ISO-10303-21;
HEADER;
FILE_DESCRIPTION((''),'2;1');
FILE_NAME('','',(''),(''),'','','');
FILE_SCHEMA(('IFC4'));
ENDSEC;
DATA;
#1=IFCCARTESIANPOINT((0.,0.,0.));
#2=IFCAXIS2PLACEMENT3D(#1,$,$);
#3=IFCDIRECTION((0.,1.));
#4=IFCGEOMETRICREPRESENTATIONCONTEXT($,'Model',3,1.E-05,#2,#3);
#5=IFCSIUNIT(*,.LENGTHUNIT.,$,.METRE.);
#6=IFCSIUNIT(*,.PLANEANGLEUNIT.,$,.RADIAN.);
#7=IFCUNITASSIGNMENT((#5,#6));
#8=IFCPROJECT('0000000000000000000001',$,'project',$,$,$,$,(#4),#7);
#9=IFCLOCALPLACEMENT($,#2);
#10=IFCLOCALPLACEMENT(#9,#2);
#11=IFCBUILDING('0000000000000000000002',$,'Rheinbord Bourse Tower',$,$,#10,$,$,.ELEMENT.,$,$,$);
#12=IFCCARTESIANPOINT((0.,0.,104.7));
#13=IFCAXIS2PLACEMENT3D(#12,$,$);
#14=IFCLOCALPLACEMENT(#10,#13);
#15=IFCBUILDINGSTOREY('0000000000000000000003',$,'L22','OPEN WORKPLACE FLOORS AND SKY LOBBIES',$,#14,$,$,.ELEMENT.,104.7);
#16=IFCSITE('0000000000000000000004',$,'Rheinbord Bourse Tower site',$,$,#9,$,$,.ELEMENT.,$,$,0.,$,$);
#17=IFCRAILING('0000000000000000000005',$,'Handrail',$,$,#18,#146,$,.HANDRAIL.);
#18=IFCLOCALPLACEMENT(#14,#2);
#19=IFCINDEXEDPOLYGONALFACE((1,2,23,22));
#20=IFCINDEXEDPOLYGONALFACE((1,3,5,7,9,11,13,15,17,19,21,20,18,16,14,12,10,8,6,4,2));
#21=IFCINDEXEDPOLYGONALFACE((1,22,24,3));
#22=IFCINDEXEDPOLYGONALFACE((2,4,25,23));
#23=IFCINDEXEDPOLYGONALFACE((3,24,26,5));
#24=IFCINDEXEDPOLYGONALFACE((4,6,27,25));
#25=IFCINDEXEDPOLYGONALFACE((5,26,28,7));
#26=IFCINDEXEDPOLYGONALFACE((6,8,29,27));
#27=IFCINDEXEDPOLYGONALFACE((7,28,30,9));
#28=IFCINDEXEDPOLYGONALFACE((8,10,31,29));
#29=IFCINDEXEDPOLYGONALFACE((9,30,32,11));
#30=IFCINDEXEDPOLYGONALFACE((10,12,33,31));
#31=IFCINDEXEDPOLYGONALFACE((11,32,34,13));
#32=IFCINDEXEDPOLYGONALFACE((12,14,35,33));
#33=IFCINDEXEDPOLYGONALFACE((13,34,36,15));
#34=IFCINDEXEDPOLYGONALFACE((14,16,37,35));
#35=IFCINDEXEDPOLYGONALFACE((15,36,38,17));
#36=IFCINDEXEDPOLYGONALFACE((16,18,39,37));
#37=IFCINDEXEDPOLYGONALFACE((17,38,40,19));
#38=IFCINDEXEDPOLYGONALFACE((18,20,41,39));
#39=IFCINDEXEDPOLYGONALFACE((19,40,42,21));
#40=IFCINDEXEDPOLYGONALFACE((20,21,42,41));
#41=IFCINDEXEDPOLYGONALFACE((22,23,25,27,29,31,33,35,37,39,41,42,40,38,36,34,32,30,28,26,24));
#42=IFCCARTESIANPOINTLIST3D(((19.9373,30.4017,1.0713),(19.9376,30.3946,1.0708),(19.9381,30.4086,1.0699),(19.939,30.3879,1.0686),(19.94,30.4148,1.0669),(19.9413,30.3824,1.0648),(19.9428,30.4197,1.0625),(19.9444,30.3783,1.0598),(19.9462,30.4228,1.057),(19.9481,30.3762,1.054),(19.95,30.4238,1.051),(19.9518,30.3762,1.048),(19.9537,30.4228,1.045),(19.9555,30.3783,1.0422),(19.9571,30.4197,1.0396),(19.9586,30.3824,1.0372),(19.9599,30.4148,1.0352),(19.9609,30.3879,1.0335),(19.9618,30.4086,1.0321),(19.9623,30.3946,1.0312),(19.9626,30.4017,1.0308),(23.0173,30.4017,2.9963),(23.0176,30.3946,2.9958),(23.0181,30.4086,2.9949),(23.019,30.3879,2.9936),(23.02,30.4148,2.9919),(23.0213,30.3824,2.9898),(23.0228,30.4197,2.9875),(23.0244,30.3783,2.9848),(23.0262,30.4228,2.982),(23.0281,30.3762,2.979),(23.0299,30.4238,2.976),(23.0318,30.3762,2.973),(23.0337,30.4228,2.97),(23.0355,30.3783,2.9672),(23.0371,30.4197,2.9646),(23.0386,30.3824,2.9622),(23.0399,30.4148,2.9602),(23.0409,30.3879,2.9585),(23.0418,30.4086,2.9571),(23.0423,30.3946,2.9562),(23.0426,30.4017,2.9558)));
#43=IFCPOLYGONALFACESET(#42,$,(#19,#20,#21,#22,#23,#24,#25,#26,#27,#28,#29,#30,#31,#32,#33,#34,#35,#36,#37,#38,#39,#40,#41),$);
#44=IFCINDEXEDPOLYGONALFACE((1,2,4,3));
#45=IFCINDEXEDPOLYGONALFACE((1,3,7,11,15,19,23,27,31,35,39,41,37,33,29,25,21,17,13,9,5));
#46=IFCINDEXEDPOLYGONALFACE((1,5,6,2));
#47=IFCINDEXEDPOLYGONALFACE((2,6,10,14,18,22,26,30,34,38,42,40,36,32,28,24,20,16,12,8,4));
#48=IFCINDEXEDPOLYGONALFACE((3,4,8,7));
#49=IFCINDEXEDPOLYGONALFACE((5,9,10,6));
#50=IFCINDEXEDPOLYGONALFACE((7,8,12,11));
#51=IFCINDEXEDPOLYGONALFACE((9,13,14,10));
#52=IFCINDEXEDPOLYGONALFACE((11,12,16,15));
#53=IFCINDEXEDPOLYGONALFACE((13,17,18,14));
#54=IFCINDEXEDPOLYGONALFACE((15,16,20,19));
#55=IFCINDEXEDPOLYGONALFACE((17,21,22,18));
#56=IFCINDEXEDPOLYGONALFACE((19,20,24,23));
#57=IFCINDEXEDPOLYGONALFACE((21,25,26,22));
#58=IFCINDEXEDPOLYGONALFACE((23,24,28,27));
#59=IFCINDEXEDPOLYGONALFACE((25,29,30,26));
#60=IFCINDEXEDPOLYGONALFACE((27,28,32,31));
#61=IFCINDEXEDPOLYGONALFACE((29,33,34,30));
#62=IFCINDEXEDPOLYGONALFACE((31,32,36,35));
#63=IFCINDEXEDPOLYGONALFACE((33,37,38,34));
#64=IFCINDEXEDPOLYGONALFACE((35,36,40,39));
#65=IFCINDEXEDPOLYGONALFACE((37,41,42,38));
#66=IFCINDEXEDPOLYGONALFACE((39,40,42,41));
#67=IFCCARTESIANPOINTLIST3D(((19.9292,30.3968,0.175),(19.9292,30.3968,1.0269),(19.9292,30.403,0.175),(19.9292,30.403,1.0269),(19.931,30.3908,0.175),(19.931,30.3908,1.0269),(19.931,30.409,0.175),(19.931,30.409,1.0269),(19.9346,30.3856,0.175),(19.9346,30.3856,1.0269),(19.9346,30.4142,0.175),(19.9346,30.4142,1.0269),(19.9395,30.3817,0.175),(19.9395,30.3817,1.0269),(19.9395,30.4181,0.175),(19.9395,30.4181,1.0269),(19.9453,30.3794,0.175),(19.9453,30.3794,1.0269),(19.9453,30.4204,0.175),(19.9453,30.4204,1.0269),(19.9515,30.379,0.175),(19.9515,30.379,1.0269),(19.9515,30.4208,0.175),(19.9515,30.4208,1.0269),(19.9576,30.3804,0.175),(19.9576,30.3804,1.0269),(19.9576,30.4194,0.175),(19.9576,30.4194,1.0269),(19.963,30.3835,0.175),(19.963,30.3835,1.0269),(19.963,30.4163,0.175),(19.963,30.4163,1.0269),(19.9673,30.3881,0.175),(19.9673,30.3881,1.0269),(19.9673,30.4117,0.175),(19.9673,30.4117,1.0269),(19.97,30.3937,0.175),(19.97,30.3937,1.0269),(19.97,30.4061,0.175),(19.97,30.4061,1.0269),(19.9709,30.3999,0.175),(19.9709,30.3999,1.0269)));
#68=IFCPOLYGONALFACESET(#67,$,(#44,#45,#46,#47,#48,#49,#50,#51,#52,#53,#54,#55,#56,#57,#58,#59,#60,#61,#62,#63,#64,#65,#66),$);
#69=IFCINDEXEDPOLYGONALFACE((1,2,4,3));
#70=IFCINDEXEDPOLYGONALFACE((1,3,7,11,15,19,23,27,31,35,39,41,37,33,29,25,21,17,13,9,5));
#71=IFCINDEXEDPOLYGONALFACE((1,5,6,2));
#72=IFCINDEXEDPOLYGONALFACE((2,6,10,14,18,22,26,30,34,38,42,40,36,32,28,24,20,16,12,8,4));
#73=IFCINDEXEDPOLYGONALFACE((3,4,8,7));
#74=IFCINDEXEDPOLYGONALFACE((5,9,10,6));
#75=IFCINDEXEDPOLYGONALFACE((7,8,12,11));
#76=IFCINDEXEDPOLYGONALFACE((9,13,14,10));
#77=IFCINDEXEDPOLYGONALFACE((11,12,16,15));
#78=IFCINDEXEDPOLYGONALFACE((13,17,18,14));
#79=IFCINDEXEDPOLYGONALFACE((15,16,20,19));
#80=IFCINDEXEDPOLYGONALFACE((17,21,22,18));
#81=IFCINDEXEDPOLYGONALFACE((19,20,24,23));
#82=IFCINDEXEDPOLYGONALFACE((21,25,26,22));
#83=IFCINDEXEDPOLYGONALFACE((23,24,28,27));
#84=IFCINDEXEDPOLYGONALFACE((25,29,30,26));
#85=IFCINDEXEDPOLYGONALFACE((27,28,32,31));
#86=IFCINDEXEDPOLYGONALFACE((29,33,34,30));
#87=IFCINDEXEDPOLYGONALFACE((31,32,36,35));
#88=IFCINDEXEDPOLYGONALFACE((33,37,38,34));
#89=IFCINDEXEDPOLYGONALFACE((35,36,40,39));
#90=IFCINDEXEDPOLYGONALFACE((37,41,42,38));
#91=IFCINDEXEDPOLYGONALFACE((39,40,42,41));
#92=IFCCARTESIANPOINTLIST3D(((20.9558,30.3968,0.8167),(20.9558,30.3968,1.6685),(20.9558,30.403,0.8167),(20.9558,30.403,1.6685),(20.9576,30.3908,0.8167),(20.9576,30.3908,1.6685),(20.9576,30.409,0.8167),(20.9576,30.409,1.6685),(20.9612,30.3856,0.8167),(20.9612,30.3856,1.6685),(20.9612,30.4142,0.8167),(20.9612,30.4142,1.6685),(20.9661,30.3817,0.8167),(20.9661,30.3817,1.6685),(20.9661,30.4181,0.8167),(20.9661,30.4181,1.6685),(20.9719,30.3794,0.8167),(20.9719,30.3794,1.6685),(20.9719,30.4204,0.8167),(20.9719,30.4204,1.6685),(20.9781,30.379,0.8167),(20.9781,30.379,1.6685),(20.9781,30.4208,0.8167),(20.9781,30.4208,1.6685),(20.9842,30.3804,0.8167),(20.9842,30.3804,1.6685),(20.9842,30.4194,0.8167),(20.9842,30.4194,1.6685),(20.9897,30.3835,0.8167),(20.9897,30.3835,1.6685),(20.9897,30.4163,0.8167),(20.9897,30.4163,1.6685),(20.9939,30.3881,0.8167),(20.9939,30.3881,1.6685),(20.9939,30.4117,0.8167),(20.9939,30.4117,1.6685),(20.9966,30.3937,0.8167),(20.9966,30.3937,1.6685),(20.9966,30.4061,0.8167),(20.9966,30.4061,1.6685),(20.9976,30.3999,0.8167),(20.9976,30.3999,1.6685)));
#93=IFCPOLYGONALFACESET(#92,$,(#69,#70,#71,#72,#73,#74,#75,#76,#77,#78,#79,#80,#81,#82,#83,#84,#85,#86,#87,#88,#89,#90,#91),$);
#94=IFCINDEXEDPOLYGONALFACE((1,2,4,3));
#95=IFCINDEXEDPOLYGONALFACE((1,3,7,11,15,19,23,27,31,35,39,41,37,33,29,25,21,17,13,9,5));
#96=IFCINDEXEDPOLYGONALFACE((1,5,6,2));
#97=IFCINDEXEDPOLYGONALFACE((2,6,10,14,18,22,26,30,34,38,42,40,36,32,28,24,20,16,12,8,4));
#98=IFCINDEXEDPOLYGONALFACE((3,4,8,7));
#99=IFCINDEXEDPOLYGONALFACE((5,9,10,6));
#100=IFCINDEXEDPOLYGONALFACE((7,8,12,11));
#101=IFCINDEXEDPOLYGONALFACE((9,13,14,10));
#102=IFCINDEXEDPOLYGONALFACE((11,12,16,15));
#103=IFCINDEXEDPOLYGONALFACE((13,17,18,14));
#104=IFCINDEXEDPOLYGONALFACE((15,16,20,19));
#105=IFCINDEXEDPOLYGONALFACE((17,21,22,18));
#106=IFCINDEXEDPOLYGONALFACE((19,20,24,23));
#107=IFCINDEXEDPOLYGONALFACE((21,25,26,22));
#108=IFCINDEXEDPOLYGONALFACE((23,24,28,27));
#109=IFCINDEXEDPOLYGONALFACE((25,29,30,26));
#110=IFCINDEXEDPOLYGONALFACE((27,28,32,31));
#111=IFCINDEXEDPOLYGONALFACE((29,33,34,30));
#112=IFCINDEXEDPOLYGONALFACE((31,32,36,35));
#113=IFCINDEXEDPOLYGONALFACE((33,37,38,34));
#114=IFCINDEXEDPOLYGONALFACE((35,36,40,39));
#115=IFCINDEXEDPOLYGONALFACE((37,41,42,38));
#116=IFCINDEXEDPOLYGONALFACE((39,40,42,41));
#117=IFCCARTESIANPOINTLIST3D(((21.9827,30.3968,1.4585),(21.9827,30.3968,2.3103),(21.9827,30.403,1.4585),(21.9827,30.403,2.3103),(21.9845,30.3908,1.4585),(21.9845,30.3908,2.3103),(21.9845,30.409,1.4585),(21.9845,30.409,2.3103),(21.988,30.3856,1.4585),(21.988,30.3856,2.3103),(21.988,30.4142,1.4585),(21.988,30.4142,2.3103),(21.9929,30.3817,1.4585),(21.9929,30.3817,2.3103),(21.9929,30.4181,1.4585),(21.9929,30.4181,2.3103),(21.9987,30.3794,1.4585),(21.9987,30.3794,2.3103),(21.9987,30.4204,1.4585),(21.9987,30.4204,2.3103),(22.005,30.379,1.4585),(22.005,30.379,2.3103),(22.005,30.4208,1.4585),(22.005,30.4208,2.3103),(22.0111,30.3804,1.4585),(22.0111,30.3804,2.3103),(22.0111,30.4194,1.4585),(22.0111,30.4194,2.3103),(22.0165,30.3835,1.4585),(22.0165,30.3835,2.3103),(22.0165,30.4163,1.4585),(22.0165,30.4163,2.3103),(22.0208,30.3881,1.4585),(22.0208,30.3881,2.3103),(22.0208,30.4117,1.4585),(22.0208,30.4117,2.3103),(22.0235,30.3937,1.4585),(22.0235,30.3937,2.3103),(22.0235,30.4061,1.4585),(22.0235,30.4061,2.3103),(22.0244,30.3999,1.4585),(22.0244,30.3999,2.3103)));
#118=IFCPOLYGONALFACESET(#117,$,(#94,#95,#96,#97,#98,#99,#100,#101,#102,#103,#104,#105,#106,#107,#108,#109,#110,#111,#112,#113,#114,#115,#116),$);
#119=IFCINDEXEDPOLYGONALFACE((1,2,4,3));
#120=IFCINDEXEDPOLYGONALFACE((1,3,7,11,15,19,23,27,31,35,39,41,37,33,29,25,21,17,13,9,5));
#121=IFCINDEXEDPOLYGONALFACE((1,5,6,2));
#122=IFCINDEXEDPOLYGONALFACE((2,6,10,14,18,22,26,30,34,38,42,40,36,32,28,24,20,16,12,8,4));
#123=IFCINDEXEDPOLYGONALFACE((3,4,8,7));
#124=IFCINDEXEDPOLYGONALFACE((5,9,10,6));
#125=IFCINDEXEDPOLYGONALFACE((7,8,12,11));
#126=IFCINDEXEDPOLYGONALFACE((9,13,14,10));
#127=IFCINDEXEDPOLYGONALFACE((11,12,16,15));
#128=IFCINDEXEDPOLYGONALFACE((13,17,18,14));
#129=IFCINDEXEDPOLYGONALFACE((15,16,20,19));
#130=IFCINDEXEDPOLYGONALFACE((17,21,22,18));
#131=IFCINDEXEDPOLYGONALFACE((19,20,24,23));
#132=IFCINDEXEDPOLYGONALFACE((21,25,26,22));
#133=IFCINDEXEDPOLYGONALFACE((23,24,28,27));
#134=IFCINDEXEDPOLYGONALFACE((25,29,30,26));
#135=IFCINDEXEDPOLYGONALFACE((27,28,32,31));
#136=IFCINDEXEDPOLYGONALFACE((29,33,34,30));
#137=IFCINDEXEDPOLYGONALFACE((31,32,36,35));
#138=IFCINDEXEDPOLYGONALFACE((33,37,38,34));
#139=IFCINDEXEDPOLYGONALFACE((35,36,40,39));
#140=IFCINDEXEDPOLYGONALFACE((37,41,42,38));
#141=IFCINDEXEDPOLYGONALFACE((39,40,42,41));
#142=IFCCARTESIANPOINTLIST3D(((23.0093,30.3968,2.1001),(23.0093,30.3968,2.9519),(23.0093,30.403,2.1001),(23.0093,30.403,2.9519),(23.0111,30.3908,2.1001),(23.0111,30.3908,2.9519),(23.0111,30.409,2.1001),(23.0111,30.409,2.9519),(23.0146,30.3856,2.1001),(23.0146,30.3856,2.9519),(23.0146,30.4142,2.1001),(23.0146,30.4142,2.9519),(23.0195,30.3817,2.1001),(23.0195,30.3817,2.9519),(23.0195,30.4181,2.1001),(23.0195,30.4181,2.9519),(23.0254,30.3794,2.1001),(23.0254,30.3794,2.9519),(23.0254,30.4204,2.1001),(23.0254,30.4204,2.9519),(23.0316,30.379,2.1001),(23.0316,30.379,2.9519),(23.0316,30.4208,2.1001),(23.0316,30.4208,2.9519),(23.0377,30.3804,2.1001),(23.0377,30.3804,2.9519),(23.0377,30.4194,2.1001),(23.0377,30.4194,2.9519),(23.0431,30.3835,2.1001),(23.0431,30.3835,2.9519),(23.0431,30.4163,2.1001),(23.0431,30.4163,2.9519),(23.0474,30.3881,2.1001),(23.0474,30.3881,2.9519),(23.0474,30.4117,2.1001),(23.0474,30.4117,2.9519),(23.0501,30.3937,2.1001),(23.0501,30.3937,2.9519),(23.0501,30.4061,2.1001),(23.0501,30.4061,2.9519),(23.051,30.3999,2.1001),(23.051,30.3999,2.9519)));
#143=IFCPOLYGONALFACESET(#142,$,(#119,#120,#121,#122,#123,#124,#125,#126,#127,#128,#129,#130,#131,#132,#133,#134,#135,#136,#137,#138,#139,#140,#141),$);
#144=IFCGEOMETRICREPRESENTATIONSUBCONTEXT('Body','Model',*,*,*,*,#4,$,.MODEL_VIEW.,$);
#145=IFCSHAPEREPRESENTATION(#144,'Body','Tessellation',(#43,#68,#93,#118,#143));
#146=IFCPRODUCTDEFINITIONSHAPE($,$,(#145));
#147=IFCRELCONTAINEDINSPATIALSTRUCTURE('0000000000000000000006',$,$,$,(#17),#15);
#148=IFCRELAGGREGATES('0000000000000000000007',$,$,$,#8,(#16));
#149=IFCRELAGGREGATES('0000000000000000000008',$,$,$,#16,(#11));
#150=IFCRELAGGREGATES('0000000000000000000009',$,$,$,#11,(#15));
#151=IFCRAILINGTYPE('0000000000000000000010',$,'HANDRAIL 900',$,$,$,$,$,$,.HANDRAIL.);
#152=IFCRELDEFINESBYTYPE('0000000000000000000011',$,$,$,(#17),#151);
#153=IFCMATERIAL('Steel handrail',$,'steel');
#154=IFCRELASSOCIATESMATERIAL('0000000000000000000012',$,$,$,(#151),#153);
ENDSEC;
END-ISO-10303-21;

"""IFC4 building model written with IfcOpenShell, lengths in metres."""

from ifc_helpers import new_model, si_unit, direction, frame, origin, origin_2d, place, context, subcontext, project, spatial, circle, extrude, material, type_object, element, save


model = new_model("IFC4")

# Units and contexts
model_context = context("Model", 3, precision=1e-05, world=origin(), true_north=direction((0.0, 1.0)))
body_context = subcontext(model_context, "Body", "Model", "MODEL_VIEW")
ifc_project = project(units=[si_unit("LENGTHUNIT", "METRE"), si_unit("PLANEANGLEUNIT", "RADIAN")], contexts=[model_context])

# Site, building, storey
site_placement = place(None, origin())
site = spatial("IfcSite", under=ifc_project, at=site_placement, Name="Rheinbord Bourse Tower site", CompositionType="ELEMENT", RefElevation=0.0)
building_placement = place(site_placement, origin())
building = spatial("IfcBuilding", under=site, at=building_placement, Name="Rheinbord Bourse Tower", CompositionType="ELEMENT")
storey_placement = place(building_placement, frame((0.0, 0.0, 104.7)))
storey = spatial("IfcBuildingStorey", under=building, at=storey_placement, Name="L22", Description="OPEN WORKPLACE FLOORS AND SKY LOBBIES", CompositionType="ELEMENT", Elevation=104.7)

# Railing
ifc_material_1 = material(Name="Steel handrail", Category="steel")
railing_type = type_object("IfcRailingType", Name="HANDRAIL 900", PredefinedType="HANDRAIL", material=ifc_material_1)
railing_1_placement = place(storey_placement, frame((19.95, 30.3999, 0.175)))
element("IfcRailing", 1, at=railing_1_placement, inside=storey, type_object=railing_type, Name="Handrail", PredefinedType="HANDRAIL", context=body_context, shape_type="SweptSolid", body=[
    extrude(circle(Radius=0.0239, at=origin_2d()), frame((0.0, 0.0, 0.876), z_axis=(0.847998, 0.0, 0.529999), x_axis=(0.0, 1.0, 0.0)), (0.0, 0.0, 1.0), 3.6321),
    extrude(circle(Radius=0.021, at=origin_2d()), origin(), (0.0, 0.0, 1.0), 0.8518),
    extrude(circle(Radius=0.021, at=origin_2d()), frame((1.0266, 0.0, 0.6416)), (0.0, 0.0, 1.0), 0.8518),
    extrude(circle(Radius=0.021, at=origin_2d()), frame((2.0535, 0.0, 1.2834)), (0.0, 0.0, 1.0), 0.8518),
    extrude(circle(Radius=0.021, at=origin_2d()), frame((3.0801, 0.0, 1.925)), (0.0, 0.0, 1.0), 0.8518),
])

save(model, "model.ifc")
